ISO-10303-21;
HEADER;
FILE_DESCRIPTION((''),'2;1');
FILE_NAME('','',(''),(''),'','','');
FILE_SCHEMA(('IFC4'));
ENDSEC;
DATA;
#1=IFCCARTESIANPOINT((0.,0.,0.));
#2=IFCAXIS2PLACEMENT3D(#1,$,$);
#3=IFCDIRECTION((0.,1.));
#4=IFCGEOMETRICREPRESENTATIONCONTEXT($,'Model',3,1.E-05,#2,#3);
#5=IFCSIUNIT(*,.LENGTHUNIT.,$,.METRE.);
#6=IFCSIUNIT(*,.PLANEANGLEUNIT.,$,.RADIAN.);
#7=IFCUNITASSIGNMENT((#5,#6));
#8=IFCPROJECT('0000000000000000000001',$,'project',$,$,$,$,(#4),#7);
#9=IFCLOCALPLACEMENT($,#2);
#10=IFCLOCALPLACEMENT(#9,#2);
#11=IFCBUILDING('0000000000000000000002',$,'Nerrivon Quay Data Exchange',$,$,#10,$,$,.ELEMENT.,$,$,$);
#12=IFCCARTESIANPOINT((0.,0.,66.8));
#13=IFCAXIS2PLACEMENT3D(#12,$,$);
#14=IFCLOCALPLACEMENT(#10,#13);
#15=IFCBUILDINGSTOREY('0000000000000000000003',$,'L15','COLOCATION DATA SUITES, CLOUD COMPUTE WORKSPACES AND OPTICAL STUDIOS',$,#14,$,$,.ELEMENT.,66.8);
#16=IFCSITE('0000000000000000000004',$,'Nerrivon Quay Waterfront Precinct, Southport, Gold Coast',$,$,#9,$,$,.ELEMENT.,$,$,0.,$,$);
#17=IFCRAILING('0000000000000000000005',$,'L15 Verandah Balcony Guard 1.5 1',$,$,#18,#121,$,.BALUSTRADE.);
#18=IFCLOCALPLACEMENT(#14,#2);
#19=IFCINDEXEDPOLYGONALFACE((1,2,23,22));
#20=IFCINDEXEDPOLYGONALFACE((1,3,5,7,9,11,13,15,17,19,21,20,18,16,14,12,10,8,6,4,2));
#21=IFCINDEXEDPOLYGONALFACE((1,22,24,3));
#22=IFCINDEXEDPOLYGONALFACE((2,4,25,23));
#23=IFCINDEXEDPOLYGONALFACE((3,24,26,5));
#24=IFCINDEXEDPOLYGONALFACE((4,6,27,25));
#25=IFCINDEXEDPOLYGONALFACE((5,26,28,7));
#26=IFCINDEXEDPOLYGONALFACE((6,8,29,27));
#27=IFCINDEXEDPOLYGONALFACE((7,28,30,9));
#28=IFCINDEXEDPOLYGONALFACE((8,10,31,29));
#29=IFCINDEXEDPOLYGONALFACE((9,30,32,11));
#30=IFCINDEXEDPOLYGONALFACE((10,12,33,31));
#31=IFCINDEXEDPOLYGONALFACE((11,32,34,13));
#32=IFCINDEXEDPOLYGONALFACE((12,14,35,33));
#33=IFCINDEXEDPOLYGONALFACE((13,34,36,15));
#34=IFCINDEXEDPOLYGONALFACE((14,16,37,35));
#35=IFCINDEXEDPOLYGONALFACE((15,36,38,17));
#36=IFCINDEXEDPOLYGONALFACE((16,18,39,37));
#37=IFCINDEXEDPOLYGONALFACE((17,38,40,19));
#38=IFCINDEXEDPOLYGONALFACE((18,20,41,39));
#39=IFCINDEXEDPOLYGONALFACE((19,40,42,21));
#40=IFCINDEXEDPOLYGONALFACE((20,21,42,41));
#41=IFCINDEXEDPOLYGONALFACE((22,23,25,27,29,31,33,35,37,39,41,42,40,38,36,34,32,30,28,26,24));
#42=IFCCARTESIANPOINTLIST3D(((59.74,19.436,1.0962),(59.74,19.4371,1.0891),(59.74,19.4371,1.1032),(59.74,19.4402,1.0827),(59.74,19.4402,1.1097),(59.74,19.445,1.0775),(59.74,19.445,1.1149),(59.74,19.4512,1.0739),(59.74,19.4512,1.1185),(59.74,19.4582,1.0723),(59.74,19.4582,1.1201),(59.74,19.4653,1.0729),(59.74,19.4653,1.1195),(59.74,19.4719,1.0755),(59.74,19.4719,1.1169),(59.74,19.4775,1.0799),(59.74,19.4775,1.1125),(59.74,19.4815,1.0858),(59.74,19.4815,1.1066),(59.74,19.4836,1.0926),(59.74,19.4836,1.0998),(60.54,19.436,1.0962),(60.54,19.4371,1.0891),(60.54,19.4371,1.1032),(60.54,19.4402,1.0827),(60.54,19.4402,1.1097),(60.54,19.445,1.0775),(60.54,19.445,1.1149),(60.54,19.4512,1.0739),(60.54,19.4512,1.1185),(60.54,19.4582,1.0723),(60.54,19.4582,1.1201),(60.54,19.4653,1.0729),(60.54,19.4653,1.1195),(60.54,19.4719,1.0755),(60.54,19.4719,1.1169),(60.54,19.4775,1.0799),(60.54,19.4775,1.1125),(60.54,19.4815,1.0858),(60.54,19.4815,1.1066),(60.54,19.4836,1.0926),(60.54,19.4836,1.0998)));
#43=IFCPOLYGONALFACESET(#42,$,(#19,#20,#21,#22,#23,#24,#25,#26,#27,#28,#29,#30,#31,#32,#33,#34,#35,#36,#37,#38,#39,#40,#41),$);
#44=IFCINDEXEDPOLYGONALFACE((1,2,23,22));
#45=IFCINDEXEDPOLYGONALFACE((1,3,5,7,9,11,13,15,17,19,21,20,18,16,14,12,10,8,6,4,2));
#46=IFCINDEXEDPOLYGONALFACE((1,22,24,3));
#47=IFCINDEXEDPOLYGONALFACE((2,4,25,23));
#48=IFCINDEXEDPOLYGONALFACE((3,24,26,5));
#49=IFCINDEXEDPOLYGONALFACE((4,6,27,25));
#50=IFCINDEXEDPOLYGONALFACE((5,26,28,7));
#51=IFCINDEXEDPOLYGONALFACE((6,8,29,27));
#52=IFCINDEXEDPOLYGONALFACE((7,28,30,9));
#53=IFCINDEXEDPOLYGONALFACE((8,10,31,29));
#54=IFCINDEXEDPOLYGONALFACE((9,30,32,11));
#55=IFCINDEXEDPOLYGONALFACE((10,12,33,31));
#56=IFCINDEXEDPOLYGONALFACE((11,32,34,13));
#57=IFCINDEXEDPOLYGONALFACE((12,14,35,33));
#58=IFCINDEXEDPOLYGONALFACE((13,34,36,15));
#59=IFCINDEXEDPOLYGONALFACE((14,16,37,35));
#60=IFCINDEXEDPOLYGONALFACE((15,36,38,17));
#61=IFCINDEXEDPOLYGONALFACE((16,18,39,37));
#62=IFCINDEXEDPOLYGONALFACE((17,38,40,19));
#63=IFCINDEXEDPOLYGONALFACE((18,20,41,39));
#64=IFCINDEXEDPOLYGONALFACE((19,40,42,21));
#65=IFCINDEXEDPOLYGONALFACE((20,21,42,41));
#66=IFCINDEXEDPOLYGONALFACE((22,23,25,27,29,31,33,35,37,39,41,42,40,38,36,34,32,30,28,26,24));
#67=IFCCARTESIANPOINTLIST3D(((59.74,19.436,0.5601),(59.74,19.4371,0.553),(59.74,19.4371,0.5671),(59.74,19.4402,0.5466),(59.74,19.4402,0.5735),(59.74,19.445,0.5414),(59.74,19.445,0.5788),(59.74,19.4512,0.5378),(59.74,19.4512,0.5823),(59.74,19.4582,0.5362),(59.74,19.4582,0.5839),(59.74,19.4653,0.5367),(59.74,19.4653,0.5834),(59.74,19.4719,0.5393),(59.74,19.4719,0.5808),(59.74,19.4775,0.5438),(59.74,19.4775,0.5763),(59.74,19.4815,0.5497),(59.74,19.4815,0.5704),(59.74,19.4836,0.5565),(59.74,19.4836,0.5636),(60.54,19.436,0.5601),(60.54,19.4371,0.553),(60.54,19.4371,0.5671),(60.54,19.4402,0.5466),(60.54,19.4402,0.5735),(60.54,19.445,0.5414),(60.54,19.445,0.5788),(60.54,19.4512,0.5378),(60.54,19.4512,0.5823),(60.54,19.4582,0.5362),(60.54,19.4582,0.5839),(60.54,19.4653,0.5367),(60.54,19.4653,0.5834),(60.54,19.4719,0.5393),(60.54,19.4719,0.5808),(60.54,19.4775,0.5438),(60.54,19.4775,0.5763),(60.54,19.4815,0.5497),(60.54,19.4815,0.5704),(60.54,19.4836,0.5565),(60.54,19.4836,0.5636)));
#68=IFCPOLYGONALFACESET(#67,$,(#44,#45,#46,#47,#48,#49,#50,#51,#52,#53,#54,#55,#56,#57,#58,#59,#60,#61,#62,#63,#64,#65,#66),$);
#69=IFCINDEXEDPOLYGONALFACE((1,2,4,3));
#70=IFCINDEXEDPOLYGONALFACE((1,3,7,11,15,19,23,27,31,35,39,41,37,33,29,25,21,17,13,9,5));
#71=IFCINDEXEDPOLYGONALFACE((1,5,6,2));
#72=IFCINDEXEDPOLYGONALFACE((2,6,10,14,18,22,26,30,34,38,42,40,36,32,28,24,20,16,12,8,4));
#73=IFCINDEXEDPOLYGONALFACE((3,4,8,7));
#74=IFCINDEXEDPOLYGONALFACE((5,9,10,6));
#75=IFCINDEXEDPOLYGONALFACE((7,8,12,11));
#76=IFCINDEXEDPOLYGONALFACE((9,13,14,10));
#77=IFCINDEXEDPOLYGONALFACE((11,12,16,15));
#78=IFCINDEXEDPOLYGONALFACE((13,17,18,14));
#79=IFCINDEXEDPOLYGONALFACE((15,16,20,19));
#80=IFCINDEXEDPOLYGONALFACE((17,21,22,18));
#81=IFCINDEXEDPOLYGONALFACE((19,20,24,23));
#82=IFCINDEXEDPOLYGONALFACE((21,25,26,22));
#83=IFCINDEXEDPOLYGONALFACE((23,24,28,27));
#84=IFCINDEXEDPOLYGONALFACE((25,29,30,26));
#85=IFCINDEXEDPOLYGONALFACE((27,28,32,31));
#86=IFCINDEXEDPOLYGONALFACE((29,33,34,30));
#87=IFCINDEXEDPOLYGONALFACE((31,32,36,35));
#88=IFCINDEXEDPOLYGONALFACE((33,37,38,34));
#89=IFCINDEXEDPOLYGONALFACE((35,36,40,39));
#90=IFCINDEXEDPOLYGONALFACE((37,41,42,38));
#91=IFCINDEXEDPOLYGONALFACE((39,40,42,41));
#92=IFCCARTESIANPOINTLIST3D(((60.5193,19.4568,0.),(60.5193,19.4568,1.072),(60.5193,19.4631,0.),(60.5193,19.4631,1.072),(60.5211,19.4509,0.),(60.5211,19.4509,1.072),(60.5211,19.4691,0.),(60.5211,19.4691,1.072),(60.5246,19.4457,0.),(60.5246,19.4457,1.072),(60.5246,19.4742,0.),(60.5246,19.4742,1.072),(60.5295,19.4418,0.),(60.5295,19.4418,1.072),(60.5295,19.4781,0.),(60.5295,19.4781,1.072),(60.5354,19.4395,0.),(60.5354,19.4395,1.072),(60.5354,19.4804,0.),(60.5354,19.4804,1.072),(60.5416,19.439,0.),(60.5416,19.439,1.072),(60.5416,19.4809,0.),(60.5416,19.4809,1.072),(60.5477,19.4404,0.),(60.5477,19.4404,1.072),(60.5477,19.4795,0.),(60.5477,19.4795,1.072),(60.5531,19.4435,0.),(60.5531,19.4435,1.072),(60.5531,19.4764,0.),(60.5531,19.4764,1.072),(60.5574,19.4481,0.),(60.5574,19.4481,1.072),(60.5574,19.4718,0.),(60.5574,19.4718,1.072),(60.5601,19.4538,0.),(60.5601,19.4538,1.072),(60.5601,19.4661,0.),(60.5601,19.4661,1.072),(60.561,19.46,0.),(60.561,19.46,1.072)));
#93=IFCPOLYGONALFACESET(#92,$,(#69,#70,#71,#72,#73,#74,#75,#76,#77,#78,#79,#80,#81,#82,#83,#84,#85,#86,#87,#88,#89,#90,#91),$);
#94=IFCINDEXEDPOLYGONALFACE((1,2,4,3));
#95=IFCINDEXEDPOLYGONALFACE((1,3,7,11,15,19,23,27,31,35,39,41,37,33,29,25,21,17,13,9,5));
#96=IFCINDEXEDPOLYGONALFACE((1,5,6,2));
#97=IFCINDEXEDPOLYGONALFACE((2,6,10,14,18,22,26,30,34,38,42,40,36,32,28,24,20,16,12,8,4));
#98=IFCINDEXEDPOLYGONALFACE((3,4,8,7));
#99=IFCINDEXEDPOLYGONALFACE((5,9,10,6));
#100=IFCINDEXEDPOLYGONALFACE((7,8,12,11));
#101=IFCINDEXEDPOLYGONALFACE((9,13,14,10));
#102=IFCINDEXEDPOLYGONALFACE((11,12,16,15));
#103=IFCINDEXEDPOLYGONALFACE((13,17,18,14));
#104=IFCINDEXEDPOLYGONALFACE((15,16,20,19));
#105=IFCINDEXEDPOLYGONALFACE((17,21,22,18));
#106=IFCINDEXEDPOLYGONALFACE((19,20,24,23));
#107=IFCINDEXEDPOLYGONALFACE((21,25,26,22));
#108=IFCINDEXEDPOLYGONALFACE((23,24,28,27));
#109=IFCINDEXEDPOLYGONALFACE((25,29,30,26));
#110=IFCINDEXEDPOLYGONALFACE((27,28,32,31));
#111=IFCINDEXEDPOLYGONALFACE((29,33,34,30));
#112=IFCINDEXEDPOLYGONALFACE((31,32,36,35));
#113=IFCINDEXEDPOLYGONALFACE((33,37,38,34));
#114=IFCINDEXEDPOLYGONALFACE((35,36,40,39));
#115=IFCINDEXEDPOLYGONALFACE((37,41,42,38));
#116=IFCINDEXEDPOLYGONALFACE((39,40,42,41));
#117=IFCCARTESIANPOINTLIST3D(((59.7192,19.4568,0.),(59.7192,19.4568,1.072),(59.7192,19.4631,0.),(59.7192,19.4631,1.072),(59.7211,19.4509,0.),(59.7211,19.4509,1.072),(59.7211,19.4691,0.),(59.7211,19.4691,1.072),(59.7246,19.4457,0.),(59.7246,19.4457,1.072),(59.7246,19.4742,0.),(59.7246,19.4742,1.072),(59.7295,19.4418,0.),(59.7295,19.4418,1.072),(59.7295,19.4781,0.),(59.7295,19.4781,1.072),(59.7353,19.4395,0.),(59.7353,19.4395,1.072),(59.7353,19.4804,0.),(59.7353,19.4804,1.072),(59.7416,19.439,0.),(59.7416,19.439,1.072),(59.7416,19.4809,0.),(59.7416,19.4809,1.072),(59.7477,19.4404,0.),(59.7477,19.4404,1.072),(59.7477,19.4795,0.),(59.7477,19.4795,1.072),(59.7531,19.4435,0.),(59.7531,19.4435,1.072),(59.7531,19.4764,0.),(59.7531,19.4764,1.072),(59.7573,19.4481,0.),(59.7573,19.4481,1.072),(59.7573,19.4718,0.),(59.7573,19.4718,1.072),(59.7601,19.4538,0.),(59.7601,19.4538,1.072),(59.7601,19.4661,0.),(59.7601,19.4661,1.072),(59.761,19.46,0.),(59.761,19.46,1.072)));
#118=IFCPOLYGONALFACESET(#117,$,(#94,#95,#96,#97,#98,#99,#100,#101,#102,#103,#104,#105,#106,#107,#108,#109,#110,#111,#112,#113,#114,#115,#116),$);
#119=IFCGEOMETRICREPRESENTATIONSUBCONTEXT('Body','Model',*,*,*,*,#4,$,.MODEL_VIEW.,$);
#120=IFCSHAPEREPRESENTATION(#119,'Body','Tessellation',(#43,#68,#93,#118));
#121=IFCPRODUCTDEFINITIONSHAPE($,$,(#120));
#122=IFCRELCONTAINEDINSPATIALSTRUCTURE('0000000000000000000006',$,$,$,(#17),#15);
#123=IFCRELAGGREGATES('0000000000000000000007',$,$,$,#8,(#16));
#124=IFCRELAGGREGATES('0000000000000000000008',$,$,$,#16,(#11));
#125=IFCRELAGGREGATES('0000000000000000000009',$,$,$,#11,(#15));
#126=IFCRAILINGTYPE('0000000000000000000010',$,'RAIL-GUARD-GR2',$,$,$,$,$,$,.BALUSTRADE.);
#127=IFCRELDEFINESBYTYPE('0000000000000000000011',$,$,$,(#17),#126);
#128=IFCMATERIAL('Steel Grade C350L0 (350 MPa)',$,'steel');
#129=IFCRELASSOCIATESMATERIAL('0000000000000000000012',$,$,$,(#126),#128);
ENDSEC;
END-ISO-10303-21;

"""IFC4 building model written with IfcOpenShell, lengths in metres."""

from ifc_helpers import new_model, si_unit, direction, frame, origin, origin_2d, place, context, subcontext, project, spatial, circle, extrude, material, type_object, element, save


model = new_model("IFC4")

# Units and contexts
model_context = context("Model", 3, precision=1e-05, world=origin(), true_north=direction((0.0, 1.0)))
body_context = subcontext(model_context, "Body", "Model", "MODEL_VIEW")
ifc_project = project(units=[si_unit("LENGTHUNIT", "METRE"), si_unit("PLANEANGLEUNIT", "RADIAN")], contexts=[model_context])

# Site, building, storey
site_placement = place(None, origin())
site = spatial("IfcSite", under=ifc_project, at=site_placement, Name="Nerrivon Quay Waterfront Precinct, Southport, Gold Coast", CompositionType="ELEMENT", RefElevation=0.0)
building_placement = place(site_placement, origin())
building = spatial("IfcBuilding", under=site, at=building_placement, Name="Nerrivon Quay Data Exchange", CompositionType="ELEMENT")
storey_placement = place(building_placement, frame((0.0, 0.0, 66.8)))
storey = spatial("IfcBuildingStorey", under=building, at=storey_placement, Name="L15", Description="COLOCATION DATA SUITES, CLOUD COMPUTE WORKSPACES AND OPTICAL STUDIOS", CompositionType="ELEMENT", Elevation=66.8)

# Railing
ifc_material_1 = material(Name="Steel Grade C350L0 (350 MPa)", Category="steel")
railing_type = type_object("IfcRailingType", Name="RAIL-GUARD-GR2", PredefinedType="BALUSTRADE", material=ifc_material_1)
railing_1_placement = place(storey_placement, frame((60.54, 19.46, 0.0)))
element("IfcRailing", 1, at=railing_1_placement, inside=storey, type_object=railing_type, Name="L15 Verandah Balcony Guard 1.5 1", PredefinedType="BALUSTRADE", context=body_context, shape_type="SweptSolid", body=[
    extrude(circle(Radius=0.0239, at=origin_2d()), frame((0.0, 0.0, 1.0962), z_axis=(-1.0, 0.0, 0.0), x_axis=(0.0, -1.0, 0.0)), (0.0, 0.0, 1.0), 0.8),
    extrude(circle(Radius=0.0239, at=origin_2d()), frame((0.0, 0.0, 0.5601), z_axis=(-1.0, 0.0, 0.0), x_axis=(0.0, -1.0, 0.0)), (0.0, 0.0, 1.0), 0.8),
    extrude(circle(Radius=0.021, at=origin_2d()), origin(), (0.0, 0.0, 1.0), 1.072),
    extrude(circle(Radius=0.021, at=origin_2d()), frame((-0.8, 0.0, 0.0)), (0.0, 0.0, 1.0), 1.072),
])

save(model, "model.ifc")
